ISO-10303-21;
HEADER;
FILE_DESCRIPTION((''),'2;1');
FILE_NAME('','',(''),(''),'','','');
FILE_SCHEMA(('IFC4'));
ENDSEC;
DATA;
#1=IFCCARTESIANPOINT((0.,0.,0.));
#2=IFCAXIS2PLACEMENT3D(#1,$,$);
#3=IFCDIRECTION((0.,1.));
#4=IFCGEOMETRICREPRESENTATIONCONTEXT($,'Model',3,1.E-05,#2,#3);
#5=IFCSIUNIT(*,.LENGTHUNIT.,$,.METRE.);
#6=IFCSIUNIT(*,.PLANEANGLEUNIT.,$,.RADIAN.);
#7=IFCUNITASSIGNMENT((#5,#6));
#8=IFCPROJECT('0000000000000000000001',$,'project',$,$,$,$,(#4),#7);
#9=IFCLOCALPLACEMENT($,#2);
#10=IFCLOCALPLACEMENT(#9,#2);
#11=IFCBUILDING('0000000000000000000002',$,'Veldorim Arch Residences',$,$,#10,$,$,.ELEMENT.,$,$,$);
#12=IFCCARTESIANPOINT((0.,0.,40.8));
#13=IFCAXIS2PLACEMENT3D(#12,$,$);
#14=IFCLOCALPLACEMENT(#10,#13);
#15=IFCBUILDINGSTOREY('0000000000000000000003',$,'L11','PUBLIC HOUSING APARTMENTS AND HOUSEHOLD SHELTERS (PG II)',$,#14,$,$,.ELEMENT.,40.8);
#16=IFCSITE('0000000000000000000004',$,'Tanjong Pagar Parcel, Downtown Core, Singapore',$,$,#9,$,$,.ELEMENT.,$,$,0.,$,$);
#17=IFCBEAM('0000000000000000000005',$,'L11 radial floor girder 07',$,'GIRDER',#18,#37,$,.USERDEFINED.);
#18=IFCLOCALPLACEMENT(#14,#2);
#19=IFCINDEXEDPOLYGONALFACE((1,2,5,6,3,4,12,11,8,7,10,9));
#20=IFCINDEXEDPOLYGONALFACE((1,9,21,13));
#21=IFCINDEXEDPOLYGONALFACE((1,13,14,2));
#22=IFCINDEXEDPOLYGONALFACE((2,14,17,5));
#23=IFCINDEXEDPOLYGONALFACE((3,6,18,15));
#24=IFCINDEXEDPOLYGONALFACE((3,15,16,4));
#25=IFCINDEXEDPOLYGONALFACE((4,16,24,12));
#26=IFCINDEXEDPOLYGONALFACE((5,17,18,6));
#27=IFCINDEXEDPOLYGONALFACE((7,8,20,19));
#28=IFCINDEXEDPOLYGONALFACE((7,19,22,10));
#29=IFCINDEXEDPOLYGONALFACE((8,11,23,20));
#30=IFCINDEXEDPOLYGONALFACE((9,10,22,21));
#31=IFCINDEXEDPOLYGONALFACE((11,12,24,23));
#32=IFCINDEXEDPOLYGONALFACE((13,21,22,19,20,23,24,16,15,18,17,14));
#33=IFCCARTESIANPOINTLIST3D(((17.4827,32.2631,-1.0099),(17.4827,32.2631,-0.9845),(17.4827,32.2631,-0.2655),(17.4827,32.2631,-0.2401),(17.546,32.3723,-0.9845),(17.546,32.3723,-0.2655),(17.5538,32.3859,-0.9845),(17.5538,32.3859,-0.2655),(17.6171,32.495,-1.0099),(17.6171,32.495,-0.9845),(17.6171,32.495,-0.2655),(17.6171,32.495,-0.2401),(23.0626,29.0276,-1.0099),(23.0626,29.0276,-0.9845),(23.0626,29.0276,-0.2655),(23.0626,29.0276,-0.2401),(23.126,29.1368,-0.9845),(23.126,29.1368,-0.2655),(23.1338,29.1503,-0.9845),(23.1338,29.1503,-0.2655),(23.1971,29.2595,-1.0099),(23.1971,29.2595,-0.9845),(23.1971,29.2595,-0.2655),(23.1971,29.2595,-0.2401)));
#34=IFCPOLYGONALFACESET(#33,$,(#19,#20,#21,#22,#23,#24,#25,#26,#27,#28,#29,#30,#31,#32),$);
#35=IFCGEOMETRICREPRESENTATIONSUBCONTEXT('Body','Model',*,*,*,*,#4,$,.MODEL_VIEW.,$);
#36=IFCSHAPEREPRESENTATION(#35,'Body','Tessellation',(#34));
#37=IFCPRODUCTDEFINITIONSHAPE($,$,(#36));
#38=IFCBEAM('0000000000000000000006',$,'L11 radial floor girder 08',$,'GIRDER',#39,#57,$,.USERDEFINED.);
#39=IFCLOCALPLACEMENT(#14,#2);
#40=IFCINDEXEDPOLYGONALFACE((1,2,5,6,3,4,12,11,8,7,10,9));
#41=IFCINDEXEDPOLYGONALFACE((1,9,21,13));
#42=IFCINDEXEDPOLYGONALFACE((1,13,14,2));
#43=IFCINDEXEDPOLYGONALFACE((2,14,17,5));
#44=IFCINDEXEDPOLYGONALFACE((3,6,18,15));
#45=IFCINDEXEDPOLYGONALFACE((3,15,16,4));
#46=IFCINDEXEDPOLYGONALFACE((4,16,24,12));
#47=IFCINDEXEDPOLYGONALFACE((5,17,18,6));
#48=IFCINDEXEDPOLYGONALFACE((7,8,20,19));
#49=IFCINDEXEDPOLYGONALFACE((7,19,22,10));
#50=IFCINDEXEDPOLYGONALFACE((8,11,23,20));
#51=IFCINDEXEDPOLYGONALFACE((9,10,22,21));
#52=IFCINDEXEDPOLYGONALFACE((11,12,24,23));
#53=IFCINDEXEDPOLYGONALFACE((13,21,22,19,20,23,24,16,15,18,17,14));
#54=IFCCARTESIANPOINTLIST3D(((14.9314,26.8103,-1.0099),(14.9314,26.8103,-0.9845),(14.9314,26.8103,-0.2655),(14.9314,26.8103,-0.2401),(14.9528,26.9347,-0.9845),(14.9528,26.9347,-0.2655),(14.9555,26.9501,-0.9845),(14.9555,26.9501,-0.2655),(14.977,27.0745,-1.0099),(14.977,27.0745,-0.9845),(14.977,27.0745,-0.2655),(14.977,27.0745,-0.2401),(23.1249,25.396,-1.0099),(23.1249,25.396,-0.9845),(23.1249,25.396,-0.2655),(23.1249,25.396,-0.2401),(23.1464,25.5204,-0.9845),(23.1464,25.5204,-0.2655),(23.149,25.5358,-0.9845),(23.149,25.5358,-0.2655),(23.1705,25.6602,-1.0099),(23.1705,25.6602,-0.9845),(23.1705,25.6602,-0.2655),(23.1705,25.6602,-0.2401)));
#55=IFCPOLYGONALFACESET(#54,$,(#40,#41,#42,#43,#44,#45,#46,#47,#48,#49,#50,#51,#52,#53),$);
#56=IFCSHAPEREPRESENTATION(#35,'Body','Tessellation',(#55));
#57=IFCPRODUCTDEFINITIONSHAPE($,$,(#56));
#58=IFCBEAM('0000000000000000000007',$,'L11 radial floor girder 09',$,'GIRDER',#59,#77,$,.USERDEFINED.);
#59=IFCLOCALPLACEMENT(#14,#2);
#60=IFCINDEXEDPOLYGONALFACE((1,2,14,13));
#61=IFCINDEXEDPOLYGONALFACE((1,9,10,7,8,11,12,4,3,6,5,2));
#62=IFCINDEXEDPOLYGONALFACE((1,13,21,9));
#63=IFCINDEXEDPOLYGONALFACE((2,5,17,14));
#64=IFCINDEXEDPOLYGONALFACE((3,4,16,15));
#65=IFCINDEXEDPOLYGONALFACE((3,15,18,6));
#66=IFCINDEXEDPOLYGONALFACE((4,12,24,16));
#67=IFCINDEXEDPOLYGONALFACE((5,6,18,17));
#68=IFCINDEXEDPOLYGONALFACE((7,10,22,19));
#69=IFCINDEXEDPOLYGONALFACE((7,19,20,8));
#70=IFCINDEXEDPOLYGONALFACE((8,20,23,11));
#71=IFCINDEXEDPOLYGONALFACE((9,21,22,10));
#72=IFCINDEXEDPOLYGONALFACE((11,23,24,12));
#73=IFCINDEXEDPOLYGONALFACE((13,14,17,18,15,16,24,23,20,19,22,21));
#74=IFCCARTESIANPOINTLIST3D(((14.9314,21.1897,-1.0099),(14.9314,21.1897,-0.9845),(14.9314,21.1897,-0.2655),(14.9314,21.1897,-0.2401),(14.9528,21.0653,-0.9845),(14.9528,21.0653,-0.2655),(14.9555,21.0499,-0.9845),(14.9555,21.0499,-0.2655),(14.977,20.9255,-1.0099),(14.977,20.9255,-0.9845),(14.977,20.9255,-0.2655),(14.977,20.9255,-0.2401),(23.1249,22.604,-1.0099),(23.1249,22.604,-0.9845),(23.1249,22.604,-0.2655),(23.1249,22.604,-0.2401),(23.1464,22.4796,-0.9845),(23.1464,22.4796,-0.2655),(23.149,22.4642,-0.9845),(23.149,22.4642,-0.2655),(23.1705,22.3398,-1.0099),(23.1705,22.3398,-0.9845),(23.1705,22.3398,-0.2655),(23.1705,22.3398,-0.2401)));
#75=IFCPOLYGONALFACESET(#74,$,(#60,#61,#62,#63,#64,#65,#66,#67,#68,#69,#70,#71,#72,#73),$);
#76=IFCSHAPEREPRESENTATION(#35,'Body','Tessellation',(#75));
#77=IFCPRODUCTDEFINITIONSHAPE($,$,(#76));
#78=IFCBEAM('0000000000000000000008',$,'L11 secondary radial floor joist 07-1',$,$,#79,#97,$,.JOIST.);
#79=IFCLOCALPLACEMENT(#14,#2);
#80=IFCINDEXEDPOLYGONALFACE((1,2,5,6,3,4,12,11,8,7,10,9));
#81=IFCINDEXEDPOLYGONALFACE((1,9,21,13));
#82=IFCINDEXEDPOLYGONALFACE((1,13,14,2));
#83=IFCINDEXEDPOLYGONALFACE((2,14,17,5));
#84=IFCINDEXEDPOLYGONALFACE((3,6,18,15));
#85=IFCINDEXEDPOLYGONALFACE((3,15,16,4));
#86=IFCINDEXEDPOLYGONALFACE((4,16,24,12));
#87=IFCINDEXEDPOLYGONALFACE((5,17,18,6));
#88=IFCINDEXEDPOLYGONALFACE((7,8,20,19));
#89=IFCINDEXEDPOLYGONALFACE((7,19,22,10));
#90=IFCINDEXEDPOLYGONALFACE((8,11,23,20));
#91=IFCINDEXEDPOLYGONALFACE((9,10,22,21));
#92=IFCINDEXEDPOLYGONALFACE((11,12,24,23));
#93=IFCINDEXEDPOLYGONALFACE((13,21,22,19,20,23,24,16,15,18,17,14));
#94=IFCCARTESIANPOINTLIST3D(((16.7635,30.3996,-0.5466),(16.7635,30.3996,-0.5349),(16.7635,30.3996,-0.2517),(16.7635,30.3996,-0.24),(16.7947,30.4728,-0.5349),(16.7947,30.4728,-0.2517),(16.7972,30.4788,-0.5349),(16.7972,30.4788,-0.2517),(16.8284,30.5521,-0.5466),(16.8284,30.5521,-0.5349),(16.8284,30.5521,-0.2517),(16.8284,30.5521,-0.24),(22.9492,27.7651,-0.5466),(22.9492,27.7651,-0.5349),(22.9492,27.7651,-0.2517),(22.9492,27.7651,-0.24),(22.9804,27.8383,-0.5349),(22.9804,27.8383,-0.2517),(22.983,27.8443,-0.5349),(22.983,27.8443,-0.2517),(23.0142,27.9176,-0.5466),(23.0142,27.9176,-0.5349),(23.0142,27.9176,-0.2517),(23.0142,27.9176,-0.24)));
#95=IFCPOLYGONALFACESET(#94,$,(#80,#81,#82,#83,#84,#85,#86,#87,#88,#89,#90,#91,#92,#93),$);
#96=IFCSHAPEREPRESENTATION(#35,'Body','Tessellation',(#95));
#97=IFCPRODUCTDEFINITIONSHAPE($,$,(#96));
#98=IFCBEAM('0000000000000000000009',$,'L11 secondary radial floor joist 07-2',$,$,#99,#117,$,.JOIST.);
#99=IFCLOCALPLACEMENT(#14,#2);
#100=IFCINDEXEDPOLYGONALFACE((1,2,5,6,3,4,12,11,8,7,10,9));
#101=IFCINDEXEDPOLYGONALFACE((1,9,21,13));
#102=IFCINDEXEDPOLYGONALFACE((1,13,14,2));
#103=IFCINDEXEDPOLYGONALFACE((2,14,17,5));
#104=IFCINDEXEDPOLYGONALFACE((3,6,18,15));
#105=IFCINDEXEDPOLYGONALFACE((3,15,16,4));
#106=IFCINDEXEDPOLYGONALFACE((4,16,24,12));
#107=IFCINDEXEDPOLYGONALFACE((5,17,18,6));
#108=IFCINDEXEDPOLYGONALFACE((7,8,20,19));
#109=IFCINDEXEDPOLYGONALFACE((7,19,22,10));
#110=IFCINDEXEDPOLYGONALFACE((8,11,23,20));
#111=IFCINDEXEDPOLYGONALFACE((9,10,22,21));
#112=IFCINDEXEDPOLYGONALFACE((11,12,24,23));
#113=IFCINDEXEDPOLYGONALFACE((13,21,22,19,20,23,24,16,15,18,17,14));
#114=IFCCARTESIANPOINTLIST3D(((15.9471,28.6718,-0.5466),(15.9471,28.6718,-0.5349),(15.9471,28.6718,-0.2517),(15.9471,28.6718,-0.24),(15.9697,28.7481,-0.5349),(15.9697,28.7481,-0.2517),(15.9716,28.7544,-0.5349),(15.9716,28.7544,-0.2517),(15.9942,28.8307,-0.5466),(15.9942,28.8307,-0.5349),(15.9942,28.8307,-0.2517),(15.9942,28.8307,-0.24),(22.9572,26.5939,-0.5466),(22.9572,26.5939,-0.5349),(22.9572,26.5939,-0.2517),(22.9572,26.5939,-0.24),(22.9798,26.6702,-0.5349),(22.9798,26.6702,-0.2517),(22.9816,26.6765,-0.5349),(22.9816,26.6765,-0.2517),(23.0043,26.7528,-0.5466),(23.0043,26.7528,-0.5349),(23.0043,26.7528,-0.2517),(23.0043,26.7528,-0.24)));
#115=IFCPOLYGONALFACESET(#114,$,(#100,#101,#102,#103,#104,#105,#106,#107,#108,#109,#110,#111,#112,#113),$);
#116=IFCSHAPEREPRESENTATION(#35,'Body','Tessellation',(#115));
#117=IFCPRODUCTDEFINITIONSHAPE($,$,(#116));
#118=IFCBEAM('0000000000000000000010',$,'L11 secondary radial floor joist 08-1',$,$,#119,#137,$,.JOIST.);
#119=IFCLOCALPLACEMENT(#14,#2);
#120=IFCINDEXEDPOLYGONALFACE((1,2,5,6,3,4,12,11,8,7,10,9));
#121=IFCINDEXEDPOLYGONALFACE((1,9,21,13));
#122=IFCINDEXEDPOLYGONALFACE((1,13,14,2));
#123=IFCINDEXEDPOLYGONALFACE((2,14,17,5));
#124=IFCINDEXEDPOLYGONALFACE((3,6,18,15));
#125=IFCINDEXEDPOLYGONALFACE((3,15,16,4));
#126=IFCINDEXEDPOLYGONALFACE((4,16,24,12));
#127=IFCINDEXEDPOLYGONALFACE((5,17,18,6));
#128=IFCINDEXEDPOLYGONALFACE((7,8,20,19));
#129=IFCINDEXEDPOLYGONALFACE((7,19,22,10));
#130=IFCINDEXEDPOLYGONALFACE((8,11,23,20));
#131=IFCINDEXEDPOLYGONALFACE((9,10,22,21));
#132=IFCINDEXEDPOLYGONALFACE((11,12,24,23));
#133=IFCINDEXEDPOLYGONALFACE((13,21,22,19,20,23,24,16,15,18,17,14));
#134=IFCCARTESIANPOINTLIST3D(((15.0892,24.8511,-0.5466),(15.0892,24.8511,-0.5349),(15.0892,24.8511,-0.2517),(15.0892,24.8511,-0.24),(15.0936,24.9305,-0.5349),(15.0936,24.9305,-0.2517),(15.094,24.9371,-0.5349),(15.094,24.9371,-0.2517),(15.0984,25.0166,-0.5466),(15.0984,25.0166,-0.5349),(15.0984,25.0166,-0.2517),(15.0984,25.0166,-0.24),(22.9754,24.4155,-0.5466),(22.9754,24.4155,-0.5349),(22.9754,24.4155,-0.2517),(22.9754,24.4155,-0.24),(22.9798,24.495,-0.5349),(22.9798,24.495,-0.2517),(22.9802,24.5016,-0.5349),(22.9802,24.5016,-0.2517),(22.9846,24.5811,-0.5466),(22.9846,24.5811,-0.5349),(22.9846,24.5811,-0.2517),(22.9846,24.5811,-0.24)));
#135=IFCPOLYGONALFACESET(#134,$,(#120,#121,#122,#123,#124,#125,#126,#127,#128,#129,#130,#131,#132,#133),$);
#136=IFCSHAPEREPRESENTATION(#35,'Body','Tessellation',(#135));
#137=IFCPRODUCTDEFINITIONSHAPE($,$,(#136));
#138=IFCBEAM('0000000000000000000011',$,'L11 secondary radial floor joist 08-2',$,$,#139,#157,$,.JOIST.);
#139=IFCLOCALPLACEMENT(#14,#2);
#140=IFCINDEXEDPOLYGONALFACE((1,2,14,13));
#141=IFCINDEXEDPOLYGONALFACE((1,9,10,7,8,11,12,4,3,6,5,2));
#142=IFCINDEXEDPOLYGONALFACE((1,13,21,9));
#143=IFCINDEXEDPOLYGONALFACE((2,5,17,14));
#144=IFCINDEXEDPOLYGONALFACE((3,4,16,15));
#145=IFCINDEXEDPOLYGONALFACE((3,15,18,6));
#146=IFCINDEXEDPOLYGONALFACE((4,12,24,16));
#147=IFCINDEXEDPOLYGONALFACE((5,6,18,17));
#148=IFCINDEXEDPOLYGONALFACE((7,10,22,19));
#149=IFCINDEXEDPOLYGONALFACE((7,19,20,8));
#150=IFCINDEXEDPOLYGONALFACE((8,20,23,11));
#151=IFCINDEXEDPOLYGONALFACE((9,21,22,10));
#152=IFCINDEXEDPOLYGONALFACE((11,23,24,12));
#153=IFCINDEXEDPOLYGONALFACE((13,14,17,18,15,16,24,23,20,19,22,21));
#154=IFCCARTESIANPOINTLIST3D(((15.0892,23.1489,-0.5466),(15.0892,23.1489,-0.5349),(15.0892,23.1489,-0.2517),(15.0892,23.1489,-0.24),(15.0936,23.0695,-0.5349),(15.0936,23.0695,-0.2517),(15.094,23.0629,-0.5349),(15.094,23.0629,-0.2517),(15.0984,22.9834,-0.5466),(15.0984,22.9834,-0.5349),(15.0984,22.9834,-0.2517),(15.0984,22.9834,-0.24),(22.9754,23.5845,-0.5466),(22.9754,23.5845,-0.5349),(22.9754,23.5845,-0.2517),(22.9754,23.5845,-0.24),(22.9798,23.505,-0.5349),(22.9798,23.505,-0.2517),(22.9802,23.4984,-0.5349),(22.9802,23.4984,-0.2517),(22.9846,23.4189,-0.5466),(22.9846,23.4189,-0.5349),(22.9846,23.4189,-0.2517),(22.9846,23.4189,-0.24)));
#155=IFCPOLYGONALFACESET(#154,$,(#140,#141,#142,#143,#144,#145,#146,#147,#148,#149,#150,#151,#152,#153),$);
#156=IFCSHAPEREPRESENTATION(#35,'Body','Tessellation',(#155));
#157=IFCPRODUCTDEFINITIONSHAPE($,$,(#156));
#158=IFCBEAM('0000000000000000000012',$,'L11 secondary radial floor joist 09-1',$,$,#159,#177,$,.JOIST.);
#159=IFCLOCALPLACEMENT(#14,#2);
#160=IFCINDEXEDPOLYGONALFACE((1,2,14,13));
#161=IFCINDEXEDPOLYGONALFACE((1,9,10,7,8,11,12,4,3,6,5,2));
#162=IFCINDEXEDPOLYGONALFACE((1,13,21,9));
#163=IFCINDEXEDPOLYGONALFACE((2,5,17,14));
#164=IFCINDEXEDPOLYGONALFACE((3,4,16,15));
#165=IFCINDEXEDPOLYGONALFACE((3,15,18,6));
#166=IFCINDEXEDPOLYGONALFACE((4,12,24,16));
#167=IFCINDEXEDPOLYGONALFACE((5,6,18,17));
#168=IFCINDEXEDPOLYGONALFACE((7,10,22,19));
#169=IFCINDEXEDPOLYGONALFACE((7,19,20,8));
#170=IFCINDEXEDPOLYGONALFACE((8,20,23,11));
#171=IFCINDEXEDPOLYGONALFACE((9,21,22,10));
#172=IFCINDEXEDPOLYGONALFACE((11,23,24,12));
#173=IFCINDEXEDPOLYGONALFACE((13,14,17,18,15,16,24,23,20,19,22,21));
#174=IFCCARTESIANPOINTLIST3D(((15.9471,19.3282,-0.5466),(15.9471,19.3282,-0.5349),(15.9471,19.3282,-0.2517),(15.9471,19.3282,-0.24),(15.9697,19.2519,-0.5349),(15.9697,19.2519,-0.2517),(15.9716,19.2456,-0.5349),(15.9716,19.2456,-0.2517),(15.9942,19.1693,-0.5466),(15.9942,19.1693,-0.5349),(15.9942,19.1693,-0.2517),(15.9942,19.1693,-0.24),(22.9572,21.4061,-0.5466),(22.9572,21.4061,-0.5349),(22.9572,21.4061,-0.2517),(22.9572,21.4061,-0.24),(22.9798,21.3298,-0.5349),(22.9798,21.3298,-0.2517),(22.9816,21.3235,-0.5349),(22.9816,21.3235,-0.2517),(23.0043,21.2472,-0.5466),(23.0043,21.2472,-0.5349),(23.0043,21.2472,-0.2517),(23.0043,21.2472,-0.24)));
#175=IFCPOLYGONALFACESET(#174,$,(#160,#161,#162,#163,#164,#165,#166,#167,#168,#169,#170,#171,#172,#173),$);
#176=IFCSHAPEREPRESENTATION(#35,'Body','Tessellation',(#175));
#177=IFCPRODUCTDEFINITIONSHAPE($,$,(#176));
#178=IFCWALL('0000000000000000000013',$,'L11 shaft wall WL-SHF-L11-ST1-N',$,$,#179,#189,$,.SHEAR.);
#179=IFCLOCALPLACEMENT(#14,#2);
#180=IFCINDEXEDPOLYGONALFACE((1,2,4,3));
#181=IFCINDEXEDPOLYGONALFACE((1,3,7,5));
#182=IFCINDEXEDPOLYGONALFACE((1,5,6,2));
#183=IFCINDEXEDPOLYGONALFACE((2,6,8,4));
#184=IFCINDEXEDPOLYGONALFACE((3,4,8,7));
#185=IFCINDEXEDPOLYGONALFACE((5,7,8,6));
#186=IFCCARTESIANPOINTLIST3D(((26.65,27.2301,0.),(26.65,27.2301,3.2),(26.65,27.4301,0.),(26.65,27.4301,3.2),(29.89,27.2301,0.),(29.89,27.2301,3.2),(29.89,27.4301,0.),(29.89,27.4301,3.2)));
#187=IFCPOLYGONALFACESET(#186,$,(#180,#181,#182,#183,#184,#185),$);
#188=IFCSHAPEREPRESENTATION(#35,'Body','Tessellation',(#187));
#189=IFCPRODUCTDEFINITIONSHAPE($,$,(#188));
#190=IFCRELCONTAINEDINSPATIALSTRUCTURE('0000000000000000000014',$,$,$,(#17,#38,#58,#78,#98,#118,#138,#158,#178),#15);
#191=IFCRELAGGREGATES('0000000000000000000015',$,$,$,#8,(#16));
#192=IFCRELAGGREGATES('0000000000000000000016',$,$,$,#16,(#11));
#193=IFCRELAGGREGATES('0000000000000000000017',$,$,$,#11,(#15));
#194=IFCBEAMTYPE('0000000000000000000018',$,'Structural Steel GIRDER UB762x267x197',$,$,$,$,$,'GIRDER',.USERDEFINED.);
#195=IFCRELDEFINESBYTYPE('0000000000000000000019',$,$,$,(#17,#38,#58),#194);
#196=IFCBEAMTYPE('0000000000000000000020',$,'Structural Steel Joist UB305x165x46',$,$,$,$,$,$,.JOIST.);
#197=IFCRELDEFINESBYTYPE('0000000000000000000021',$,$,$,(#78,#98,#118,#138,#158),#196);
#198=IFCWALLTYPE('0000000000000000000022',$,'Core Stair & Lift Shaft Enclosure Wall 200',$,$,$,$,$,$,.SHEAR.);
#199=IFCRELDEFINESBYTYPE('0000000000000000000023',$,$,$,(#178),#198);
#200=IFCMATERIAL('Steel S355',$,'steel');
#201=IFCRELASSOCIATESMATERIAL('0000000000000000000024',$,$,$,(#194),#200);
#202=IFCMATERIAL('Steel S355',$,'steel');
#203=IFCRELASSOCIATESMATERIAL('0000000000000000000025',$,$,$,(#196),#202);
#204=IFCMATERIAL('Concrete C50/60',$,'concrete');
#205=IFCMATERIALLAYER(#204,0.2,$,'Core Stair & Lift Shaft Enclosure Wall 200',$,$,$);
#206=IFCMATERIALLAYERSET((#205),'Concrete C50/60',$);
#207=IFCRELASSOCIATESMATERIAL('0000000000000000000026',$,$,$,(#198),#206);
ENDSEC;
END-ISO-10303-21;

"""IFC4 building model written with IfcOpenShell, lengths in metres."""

from ifc_helpers import new_model, si_unit, direction, frame, frame_2d, origin, origin_2d, place, context, subcontext, project, spatial, rectangle, i_section, extrude, material, layer, layer_set, material_profile, profile_set, type_object, element, save


model = new_model("IFC4")

# Units and contexts
model_context = context("Model", 3, precision=1e-05, world=origin(), true_north=direction((0.0, 1.0)))
body_context = subcontext(model_context, "Body", "Model", "MODEL_VIEW")
ifc_project = project(units=[si_unit("LENGTHUNIT", "METRE"), si_unit("PLANEANGLEUNIT", "RADIAN")], contexts=[model_context])

# Site, building, storey
site_placement = place(None, origin())
site = spatial("IfcSite", under=ifc_project, at=site_placement, Name="Tanjong Pagar Parcel, Downtown Core, Singapore", CompositionType="ELEMENT", RefElevation=0.0)
building_placement = place(site_placement, origin())
building = spatial("IfcBuilding", under=site, at=building_placement, Name="Veldorim Arch Residences", CompositionType="ELEMENT")
storey_placement = place(building_placement, frame((0.0, 0.0, 40.8)))
storey = spatial("IfcBuildingStorey", under=building, at=storey_placement, Name="L11", Description="PUBLIC HOUSING APARTMENTS AND HOUSEHOLD SHELTERS (PG II)", CompositionType="ELEMENT", Elevation=40.8)

# Beams
ifc_material_1 = material(Name="Steel S355", Category="steel")
ifc_material_profile_1 = material_profile(ifc_material_1, i_section(OverallWidth=0.2681, OverallDepth=0.7698, WebThickness=0.0156, FlangeThickness=0.0254, at=origin_2d()), Name="UB762x267x197")
ifc_profile_set_1 = profile_set([ifc_material_profile_1], Name="Steel S355")
beam_type_1 = type_object("IfcBeamType", Name="Structural Steel GIRDER UB762x267x197", ElementType="GIRDER", PredefinedType="USERDEFINED", material=ifc_profile_set_1)
beam_1_placement = place(storey_placement, frame((23.1299, 29.1436, -0.625), z_axis=(-0.865088, 0.50162, 0.0), x_axis=(-0.50162, -0.865088, 0.0)))
element("IfcBeam", 1, at=beam_1_placement, inside=storey, type_object=beam_type_1, Name="L11 radial floor girder 07", ObjectType="GIRDER", PredefinedType="USERDEFINED", context=body_context, shape_type="SweptSolid", body=[
    extrude(i_section(OverallWidth=0.2681, OverallDepth=0.7698, WebThickness=0.0156, FlangeThickness=0.0254, at=origin_2d()), origin(), (0.0, 0.0, 1.0), 6.4502),
])
for number, where, z_axis, x_axis, name in (
    (2, (23.1477, 25.5281, -0.625), (-0.985428, 0.170096, 0.0), (-0.170096, -0.985428, 0.0), "L11 radial floor girder 08"),
    (3, (23.1477, 22.4719, -0.625), (-0.985428, -0.170096, 0.0), (0.170096, -0.985428, 0.0), "L11 radial floor girder 09"),
):
    element("IfcBeam", number, at=place(storey_placement, frame(where, z_axis=z_axis, x_axis=x_axis)), inside=storey, type_object=beam_type_1, Name=name, ObjectType="GIRDER", PredefinedType="USERDEFINED", context=body_context, shape_type="SweptSolid", body=[
        extrude(i_section(OverallWidth=0.2681, OverallDepth=0.7698, WebThickness=0.0156, FlangeThickness=0.0254, at=origin_2d()), origin(), (0.0, 0.0, 1.0), 8.3147),
    ])
ifc_material_2 = material(Name="Steel S355", Category="steel")
ifc_material_profile_2 = material_profile(ifc_material_2, i_section(OverallWidth=0.1658, OverallDepth=0.3066, WebThickness=0.0066, FlangeThickness=0.0117, at=origin_2d()), Name="UB305x165x46")
ifc_profile_set_2 = profile_set([ifc_material_profile_2], Name="Steel S355")
beam_type_2 = type_object("IfcBeamType", Name="Structural Steel Joist UB305x165x46", PredefinedType="JOIST", material=ifc_profile_set_2)
beam_2_placement = place(storey_placement, frame((22.9817, 27.8413, -0.3933), z_axis=(-0.920033, 0.391841, 0.0), x_axis=(-0.391841, -0.920033, 0.0)))
element("IfcBeam", 4, at=beam_2_placement, inside=storey, type_object=beam_type_2, Name="L11 secondary radial floor joist 07-1", PredefinedType="JOIST", context=body_context, shape_type="SweptSolid", body=[
    extrude(i_section(OverallWidth=0.1658, OverallDepth=0.3066, WebThickness=0.0066, FlangeThickness=0.0117, at=origin_2d()), origin(), (0.0, 0.0, 1.0), 6.7234),
])
beam_3_placement = place(storey_placement, frame((22.9807, 26.6733, -0.3933), z_axis=(-0.958767, 0.284194, 0.0), x_axis=(-0.284194, -0.958767, 0.0)))
element("IfcBeam", 5, at=beam_3_placement, inside=storey, type_object=beam_type_2, Name="L11 secondary radial floor joist 07-2", PredefinedType="JOIST", context=body_context, shape_type="SweptSolid", body=[
    extrude(i_section(OverallWidth=0.1658, OverallDepth=0.3066, WebThickness=0.0066, FlangeThickness=0.0117, at=origin_2d()), origin(), (0.0, 0.0, 1.0), 7.3115),
])
for number, where, z_axis, x_axis, name in (
    (6, (22.98, 24.4983, -0.3933), (-0.998478, 0.055145, 0.0), (-0.055145, -0.998478, 0.0), "L11 secondary radial floor joist 08-1"),
    (7, (22.98, 23.5017, -0.3933), (-0.998478, -0.055145, 0.0), (0.055145, -0.998478, 0.0), "L11 secondary radial floor joist 08-2"),
):
    element("IfcBeam", number, at=place(storey_placement, frame(where, z_axis=z_axis, x_axis=x_axis)), inside=storey, type_object=beam_type_2, Name=name, PredefinedType="JOIST", context=body_context, shape_type="SweptSolid", body=[
        extrude(i_section(OverallWidth=0.1658, OverallDepth=0.3066, WebThickness=0.0066, FlangeThickness=0.0117, at=origin_2d()), origin(), (0.0, 0.0, 1.0), 7.8982),
    ])
beam_4_placement = place(storey_placement, frame((22.9807, 21.3267, -0.3933), z_axis=(-0.958767, -0.284194, 0.0), x_axis=(0.284194, -0.958767, 0.0)))
element("IfcBeam", 8, at=beam_4_placement, inside=storey, type_object=beam_type_2, Name="L11 secondary radial floor joist 09-1", PredefinedType="JOIST", context=body_context, shape_type="SweptSolid", body=[
    extrude(i_section(OverallWidth=0.1658, OverallDepth=0.3066, WebThickness=0.0066, FlangeThickness=0.0117, at=origin_2d()), origin(), (0.0, 0.0, 1.0), 7.3115),
])

# Wall
ifc_material_3 = material(Name="Concrete C50/60", Category="concrete")
ifc_layer = layer(ifc_material_3, 0.2, Name="Core Stair & Lift Shaft Enclosure Wall 200")
ifc_layer_set = layer_set([ifc_layer], Name="Concrete C50/60")
wall_type = type_object("IfcWallType", Name="Core Stair & Lift Shaft Enclosure Wall 200", PredefinedType="SHEAR", material=ifc_layer_set)
wall_1_placement = place(storey_placement, frame((26.6499, 27.3301, 0.0), z_axis=(0.0, 0.0, 1.0), x_axis=(1.0, 0.0, 0.0)))
element("IfcWall", 9, at=wall_1_placement, inside=storey, type_object=wall_type, Name="L11 shaft wall WL-SHF-L11-ST1-N", PredefinedType="SHEAR", context=body_context, shape_type="SweptSolid", body=[
    extrude(rectangle(XDim=3.24, YDim=0.2, at=frame_2d((1.6201, 0.0))), origin(), (0.0, 0.0, 1.0), 3.2),
])

save(model, "model.ifc")
